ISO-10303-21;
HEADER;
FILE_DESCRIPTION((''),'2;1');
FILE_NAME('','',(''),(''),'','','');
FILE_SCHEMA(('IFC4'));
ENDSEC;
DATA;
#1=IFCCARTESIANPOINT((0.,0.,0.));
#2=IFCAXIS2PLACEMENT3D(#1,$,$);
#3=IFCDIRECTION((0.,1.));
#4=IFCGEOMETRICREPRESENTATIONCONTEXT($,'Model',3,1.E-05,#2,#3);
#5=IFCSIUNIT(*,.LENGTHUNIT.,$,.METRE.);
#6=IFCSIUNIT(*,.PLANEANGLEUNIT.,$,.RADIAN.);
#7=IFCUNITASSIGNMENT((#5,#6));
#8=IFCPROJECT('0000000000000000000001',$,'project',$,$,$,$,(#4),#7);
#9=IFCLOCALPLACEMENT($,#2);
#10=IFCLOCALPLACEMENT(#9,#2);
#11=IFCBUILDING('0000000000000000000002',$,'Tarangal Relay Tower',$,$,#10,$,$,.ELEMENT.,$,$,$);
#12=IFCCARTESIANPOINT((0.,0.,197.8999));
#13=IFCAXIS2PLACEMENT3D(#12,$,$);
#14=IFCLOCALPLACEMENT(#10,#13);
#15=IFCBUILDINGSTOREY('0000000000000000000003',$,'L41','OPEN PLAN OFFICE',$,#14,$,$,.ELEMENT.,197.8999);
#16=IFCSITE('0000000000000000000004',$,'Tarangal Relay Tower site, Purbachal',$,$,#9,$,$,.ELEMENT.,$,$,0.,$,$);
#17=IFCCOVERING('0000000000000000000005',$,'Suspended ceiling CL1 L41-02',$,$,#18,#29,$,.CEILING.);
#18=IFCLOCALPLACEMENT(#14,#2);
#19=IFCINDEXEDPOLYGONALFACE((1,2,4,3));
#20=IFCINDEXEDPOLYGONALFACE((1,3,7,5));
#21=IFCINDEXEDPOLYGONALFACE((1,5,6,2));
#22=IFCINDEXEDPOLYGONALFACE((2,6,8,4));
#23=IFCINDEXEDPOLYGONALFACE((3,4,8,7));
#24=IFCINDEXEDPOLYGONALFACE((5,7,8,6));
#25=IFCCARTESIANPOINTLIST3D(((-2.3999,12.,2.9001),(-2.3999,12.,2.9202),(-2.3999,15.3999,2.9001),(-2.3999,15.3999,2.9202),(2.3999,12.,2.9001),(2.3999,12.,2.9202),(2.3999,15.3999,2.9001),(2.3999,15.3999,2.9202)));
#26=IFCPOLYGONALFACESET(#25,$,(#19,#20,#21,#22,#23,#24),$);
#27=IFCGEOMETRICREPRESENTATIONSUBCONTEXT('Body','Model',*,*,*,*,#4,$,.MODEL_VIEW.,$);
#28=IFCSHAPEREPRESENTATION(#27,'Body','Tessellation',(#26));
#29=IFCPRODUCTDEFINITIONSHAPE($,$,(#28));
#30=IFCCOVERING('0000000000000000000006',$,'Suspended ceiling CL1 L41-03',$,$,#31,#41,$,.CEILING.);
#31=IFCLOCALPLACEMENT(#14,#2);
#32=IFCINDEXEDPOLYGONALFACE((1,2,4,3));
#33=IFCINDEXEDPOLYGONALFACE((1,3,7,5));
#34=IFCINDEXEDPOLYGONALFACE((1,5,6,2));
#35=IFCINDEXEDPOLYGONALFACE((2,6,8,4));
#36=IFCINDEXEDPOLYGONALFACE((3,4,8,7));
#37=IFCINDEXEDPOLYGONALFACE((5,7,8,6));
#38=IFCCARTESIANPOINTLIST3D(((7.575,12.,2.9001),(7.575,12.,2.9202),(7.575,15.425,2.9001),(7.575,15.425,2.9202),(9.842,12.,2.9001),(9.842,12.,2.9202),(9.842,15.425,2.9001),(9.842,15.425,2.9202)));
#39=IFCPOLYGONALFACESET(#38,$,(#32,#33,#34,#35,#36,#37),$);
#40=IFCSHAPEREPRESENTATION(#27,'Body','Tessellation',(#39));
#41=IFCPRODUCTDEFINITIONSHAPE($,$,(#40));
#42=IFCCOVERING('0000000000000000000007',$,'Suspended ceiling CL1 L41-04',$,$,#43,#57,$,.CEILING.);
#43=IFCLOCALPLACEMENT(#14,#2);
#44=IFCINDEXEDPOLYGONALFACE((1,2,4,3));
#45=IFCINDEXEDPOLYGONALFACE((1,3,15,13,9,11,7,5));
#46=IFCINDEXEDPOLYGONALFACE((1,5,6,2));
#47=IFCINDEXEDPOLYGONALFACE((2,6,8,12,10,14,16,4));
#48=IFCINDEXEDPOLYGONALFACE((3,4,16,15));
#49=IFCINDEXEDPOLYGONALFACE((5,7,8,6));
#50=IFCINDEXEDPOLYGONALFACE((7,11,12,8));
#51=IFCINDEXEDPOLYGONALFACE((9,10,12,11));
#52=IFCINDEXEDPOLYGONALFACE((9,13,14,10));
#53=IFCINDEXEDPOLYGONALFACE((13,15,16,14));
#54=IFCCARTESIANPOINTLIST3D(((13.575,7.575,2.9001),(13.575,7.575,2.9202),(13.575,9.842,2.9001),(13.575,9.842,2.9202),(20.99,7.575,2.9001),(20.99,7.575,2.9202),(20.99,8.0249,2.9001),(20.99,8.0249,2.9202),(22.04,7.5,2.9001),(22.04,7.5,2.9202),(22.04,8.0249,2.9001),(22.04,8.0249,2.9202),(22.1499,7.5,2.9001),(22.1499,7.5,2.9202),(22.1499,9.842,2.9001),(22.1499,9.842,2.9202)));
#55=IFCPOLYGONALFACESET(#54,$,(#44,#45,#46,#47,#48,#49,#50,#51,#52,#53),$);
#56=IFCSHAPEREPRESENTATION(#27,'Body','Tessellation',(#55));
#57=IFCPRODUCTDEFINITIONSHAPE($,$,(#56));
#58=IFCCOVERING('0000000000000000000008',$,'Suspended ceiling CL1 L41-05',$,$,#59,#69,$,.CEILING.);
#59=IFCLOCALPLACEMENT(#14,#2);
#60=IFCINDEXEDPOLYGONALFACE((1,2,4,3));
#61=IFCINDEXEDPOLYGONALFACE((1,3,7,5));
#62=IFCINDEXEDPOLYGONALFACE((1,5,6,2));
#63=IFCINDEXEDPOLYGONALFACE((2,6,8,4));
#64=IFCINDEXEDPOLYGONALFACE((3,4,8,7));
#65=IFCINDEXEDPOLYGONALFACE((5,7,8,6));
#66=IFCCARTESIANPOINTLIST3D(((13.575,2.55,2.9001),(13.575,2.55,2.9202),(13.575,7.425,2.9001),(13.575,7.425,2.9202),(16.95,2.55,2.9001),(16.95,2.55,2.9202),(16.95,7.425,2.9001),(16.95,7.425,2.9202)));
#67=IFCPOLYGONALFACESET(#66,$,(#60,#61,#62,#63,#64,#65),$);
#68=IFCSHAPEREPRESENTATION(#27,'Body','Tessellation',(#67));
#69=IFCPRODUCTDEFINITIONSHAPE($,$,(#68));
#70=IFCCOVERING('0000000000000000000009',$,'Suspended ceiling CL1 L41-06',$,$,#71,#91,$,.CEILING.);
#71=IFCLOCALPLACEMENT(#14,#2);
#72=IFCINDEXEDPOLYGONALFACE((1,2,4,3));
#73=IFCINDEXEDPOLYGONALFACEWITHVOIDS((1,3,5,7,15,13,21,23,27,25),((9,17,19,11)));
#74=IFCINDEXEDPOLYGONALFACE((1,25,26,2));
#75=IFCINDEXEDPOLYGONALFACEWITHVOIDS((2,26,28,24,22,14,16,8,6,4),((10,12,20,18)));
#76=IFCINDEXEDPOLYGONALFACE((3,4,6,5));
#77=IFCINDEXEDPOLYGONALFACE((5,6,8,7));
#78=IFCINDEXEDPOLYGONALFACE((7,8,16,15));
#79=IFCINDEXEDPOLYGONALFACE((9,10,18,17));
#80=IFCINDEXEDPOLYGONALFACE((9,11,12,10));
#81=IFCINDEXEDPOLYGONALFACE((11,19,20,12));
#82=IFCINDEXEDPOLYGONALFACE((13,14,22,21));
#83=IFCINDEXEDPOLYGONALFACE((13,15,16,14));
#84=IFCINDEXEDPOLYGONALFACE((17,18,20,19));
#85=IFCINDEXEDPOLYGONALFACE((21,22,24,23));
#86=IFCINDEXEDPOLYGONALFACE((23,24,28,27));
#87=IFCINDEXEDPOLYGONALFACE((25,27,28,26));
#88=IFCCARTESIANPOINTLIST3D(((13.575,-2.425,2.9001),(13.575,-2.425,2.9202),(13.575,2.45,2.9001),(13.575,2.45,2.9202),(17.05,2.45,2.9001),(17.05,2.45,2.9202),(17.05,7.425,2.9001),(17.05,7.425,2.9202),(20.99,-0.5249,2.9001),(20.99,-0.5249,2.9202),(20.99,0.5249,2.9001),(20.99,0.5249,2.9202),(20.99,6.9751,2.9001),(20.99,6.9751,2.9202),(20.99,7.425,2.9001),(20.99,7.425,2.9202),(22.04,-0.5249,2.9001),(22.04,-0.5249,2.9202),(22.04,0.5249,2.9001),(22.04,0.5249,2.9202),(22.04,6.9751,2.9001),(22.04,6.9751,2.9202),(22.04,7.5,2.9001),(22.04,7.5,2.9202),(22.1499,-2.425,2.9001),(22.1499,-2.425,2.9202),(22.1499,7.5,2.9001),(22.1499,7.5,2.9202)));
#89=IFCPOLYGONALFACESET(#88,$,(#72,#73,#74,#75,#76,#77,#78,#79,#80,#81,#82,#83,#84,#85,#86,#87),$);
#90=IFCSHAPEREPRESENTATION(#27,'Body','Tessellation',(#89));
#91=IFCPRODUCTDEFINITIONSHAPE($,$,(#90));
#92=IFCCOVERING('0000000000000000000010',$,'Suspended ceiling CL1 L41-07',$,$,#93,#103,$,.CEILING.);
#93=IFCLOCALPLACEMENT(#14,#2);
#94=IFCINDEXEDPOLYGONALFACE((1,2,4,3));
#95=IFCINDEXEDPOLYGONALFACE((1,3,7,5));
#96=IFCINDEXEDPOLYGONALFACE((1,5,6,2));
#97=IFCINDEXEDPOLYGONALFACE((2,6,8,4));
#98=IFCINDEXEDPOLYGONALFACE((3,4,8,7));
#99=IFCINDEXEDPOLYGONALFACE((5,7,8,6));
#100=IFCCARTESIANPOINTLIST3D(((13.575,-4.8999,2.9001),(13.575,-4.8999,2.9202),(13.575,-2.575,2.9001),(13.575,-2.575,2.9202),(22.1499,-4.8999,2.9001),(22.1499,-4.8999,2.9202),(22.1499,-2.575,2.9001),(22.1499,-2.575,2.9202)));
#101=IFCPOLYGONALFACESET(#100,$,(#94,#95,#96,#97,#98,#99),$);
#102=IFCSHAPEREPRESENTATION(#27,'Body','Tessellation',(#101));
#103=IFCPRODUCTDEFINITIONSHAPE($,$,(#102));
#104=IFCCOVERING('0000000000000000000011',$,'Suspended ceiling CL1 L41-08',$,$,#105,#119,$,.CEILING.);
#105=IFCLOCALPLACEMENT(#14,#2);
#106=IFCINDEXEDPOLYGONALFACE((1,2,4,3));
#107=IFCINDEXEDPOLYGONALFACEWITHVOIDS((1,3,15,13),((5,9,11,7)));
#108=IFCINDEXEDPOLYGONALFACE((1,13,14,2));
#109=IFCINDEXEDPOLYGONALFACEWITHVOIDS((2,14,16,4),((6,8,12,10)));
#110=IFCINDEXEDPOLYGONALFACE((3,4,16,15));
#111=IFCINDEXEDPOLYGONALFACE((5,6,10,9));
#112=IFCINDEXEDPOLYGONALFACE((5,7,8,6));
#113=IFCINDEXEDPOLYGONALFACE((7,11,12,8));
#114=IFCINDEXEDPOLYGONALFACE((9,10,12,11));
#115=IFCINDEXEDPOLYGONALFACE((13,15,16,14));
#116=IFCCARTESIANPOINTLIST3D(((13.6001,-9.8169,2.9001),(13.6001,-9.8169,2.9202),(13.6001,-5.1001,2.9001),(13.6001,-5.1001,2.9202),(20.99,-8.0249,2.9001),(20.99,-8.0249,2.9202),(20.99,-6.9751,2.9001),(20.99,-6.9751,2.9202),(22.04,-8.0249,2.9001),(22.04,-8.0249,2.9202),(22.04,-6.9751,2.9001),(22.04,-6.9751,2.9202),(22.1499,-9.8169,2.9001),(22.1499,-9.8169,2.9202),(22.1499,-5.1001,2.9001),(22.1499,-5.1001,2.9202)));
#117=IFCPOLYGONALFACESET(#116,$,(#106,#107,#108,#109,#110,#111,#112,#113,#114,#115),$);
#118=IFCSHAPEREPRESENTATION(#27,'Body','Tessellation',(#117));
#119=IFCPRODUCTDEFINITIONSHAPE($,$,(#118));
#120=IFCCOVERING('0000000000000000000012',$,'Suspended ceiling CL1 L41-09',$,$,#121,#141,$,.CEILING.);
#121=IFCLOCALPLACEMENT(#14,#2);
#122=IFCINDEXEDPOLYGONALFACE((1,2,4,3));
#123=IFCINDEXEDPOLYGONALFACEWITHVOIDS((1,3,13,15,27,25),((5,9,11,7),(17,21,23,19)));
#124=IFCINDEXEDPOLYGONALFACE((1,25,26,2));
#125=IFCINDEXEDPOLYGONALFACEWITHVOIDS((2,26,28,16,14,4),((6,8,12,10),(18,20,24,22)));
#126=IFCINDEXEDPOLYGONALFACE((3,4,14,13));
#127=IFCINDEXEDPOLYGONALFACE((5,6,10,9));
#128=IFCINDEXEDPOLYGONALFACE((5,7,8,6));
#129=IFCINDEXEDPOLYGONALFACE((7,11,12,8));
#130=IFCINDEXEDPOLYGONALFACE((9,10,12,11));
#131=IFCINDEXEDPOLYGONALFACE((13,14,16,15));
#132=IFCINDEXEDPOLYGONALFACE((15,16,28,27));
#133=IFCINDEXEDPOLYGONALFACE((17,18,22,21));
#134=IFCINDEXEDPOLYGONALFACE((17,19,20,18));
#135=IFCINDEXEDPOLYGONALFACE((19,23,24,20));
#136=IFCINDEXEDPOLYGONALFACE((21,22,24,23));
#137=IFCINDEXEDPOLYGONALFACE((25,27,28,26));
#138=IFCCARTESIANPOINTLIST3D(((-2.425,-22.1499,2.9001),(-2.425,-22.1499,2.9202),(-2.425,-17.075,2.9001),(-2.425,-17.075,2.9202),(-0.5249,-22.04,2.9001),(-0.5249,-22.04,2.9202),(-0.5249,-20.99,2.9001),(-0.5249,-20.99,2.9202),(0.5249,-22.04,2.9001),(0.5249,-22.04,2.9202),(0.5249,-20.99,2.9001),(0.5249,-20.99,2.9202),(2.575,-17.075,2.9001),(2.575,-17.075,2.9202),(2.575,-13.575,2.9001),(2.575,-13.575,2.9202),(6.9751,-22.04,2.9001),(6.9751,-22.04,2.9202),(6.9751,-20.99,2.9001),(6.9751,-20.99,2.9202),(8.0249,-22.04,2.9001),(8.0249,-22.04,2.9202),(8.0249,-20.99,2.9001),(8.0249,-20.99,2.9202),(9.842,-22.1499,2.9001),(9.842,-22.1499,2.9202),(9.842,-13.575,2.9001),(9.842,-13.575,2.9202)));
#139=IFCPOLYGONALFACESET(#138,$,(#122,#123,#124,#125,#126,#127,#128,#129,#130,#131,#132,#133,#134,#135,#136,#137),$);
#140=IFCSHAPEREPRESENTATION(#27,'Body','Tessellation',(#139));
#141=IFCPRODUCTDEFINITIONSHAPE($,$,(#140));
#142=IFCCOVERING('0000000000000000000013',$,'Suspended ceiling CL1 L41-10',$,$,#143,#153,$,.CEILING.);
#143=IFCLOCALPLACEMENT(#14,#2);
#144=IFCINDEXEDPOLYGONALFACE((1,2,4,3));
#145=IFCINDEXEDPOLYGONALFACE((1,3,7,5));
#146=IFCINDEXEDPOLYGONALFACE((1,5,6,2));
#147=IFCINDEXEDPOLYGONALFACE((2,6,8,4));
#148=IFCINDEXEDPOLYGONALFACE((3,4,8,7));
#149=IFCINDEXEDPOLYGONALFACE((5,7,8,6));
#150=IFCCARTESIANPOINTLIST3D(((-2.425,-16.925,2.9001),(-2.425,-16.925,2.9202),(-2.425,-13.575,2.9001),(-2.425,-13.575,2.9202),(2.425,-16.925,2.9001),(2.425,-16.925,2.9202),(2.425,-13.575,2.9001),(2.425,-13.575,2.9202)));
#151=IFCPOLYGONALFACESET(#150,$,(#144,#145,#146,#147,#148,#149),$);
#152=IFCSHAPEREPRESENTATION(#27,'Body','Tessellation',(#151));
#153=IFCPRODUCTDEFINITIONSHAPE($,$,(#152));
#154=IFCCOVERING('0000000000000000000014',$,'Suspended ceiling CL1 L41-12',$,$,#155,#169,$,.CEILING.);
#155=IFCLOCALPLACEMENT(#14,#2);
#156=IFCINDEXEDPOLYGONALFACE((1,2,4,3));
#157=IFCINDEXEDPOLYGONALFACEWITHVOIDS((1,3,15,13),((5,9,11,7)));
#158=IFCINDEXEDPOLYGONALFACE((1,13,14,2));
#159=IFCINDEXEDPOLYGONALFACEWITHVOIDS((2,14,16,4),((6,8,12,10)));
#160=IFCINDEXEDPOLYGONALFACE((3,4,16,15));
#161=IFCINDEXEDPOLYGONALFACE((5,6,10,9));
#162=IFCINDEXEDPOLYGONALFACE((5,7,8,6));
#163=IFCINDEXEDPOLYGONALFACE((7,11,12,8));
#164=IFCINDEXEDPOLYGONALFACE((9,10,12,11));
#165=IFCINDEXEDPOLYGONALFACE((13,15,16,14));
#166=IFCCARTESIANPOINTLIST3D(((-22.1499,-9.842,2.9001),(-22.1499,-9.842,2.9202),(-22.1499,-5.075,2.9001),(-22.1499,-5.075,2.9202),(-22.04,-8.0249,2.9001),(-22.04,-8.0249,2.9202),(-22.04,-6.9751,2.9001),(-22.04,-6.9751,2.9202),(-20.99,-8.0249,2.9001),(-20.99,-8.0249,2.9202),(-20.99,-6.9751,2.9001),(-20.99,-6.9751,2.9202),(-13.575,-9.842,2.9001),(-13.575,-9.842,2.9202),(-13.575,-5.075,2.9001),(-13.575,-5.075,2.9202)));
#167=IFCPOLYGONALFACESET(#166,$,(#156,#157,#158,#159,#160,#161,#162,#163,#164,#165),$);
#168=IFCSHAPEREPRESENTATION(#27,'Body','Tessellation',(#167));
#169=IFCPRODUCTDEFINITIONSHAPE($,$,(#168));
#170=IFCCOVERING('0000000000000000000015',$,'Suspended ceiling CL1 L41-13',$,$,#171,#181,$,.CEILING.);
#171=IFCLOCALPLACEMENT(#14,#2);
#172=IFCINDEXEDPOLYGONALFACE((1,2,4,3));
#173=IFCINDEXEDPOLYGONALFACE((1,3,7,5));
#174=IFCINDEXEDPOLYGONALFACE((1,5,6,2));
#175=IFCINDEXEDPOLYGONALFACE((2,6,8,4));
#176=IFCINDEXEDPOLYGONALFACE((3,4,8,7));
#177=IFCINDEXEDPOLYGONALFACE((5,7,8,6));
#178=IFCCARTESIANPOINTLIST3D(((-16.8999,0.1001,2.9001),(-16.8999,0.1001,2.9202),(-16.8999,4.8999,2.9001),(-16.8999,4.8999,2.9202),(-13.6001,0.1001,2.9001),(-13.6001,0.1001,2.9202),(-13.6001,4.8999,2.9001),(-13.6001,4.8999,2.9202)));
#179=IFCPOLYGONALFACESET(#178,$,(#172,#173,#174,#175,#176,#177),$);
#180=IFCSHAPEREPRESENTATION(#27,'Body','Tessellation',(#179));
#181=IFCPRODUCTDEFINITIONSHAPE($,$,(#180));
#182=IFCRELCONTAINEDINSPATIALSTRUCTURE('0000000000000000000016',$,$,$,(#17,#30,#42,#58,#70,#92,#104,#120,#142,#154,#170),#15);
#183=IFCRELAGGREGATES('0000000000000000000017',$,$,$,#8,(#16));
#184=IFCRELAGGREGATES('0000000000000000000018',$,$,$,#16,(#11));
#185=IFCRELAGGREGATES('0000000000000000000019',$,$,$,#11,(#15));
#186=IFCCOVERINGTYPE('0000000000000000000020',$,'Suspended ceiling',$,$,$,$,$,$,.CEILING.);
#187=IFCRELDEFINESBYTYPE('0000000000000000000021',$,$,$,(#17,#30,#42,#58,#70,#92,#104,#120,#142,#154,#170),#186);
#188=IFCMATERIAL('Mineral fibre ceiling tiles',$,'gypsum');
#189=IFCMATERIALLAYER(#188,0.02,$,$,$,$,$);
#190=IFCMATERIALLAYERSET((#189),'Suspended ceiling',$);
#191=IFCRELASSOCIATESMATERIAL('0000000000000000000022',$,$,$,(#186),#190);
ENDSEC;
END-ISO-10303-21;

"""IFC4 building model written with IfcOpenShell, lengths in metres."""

from ifc_helpers import new_model, si_unit, direction, frame, origin, place, context, subcontext, project, spatial, polyline, outline, extrude, material, layer, layer_set, type_object, element, save


model = new_model("IFC4")

# Units and contexts
model_context = context("Model", 3, precision=1e-05, world=origin(), true_north=direction((0.0, 1.0)))
body_context = subcontext(model_context, "Body", "Model", "MODEL_VIEW")
ifc_project = project(units=[si_unit("LENGTHUNIT", "METRE"), si_unit("PLANEANGLEUNIT", "RADIAN")], contexts=[model_context])

# Site, building, storey
site_placement = place(None, origin())
site = spatial("IfcSite", under=ifc_project, at=site_placement, Name="Tarangal Relay Tower site, Purbachal", CompositionType="ELEMENT", RefElevation=0.0)
building_placement = place(site_placement, origin())
building = spatial("IfcBuilding", under=site, at=building_placement, Name="Tarangal Relay Tower", CompositionType="ELEMENT")
storey_placement = place(building_placement, frame((0.0, 0.0, 197.8999)))
storey = spatial("IfcBuildingStorey", under=building, at=storey_placement, Name="L41", Description="OPEN PLAN OFFICE", CompositionType="ELEMENT", Elevation=197.8999)

# Coverings
ifc_material_1 = material(Name="Mineral fibre ceiling tiles", Category="gypsum")
ifc_layer_1 = layer(ifc_material_1, 0.02)
ifc_layer_set_1 = layer_set([ifc_layer_1], Name="Suspended ceiling")
covering_type_1 = type_object("IfcCoveringType", Name="Suspended ceiling", PredefinedType="CEILING", material=ifc_layer_set_1)
covering_1_placement = place(storey_placement, frame((0.0, 0.0, 2.9001)))
element("IfcCovering", 1, at=covering_1_placement, inside=storey, type_object=covering_type_1, Name="Suspended ceiling CL1 L41-02", PredefinedType="CEILING", context=body_context, shape_type="SweptSolid", body=[
    extrude(outline(polyline([(2.3999, 12.0), (2.3999, 15.3999), (-2.3999, 15.3999), (-2.3999, 12.0), (2.3999, 12.0)])), origin(), (0.0, 0.0, 1.0), 0.02),
])
covering_2_placement = place(storey_placement, frame((0.0, 0.0, 2.9001)))
element("IfcCovering", 2, at=covering_2_placement, inside=storey, type_object=covering_type_1, Name="Suspended ceiling CL1 L41-03", PredefinedType="CEILING", context=body_context, shape_type="SweptSolid", body=[
    extrude(outline(polyline([(9.842, 12.0), (9.842, 15.425), (7.575, 15.425), (7.575, 12.0), (9.842, 12.0)])), origin(), (0.0, 0.0, 1.0), 0.02),
])
covering_3_placement = place(storey_placement, frame((0.0, 0.0, 2.9001)))
element("IfcCovering", 3, at=covering_3_placement, inside=storey, type_object=covering_type_1, Name="Suspended ceiling CL1 L41-04", PredefinedType="CEILING", context=body_context, shape_type="SweptSolid", body=[
    extrude(outline(polyline([(22.1499, 7.5), (22.1499, 9.842), (13.575, 9.842), (13.575, 7.575), (20.99, 7.575), (20.99, 8.0249), (22.04, 8.0249), (22.04, 7.5), (22.1499, 7.5)])), origin(), (0.0, 0.0, 1.0), 0.02),
])
covering_4_placement = place(storey_placement, frame((0.0, 0.0, 2.9001)))
element("IfcCovering", 4, at=covering_4_placement, inside=storey, type_object=covering_type_1, Name="Suspended ceiling CL1 L41-05", PredefinedType="CEILING", context=body_context, shape_type="SweptSolid", body=[
    extrude(outline(polyline([(13.575, 7.425), (13.575, 2.55), (16.95, 2.55), (16.95, 7.425), (13.575, 7.425)])), origin(), (0.0, 0.0, 1.0), 0.02),
])
covering_5_placement = place(storey_placement, frame((0.0, 0.0, 2.9001)))
element("IfcCovering", 5, at=covering_5_placement, inside=storey, type_object=covering_type_1, Name="Suspended ceiling CL1 L41-06", PredefinedType="CEILING", context=body_context, shape_type="SweptSolid", body=[
    extrude(outline(polyline([(22.1499, 7.5), (22.04, 7.5), (22.04, 6.9751), (20.99, 6.9751), (20.99, 7.425), (17.05, 7.425), (17.05, 2.45), (13.575, 2.45), (13.575, -2.425), (22.1499, -2.425), (22.1499, 7.5)]), holes=[polyline([(22.04, -0.5249), (22.04, 0.5249), (20.99, 0.5249), (20.99, -0.5249), (22.04, -0.5249)])]), origin(), (0.0, 0.0, 1.0), 0.02),
])
covering_6_placement = place(storey_placement, frame((0.0, 0.0, 2.9001)))
element("IfcCovering", 6, at=covering_6_placement, inside=storey, type_object=covering_type_1, Name="Suspended ceiling CL1 L41-07", PredefinedType="CEILING", context=body_context, shape_type="SweptSolid", body=[
    extrude(outline(polyline([(22.1499, -2.575), (13.575, -2.575), (13.575, -4.8999), (22.1499, -4.8999), (22.1499, -2.575)])), origin(), (0.0, 0.0, 1.0), 0.02),
])
covering_7_placement = place(storey_placement, frame((0.0, 0.0, 2.9001)))
element("IfcCovering", 7, at=covering_7_placement, inside=storey, type_object=covering_type_1, Name="Suspended ceiling CL1 L41-08", PredefinedType="CEILING", context=body_context, shape_type="SweptSolid", body=[
    extrude(outline(polyline([(22.1499, -9.8169), (22.1499, -5.1001), (13.6001, -5.1001), (13.6001, -9.8169), (22.1499, -9.8169)]), holes=[polyline([(22.04, -6.9751), (20.99, -6.9751), (20.99, -8.0249), (22.04, -8.0249), (22.04, -6.9751)])]), origin(), (0.0, 0.0, 1.0), 0.02),
])
covering_8_placement = place(storey_placement, frame((0.0, 0.0, 2.9001)))
element("IfcCovering", 8, at=covering_8_placement, inside=storey, type_object=covering_type_1, Name="Suspended ceiling CL1 L41-09", PredefinedType="CEILING", context=body_context, shape_type="SweptSolid", body=[
    extrude(outline(polyline([(-2.425, -22.1499), (9.842, -22.1499), (9.842, -13.575), (2.575, -13.575), (2.575, -17.075), (-2.425, -17.075), (-2.425, -22.1499)]), holes=[polyline([(0.5249, -22.04), (0.5249, -20.99), (-0.5249, -20.99), (-0.5249, -22.04), (0.5249, -22.04)]), polyline([(8.0249, -22.04), (8.0249, -20.99), (6.9751, -20.99), (6.9751, -22.04), (8.0249, -22.04)])]), origin(), (0.0, 0.0, 1.0), 0.02),
])
covering_9_placement = place(storey_placement, frame((0.0, 0.0, 2.9001)))
element("IfcCovering", 9, at=covering_9_placement, inside=storey, type_object=covering_type_1, Name="Suspended ceiling CL1 L41-10", PredefinedType="CEILING", context=body_context, shape_type="SweptSolid", body=[
    extrude(outline(polyline([(-2.425, -13.575), (-2.425, -16.925), (2.425, -16.925), (2.425, -13.575), (-2.425, -13.575)])), origin(), (0.0, 0.0, 1.0), 0.02),
])
covering_10_placement = place(storey_placement, frame((0.0, 0.0, 2.9001)))
element("IfcCovering", 10, at=covering_10_placement, inside=storey, type_object=covering_type_1, Name="Suspended ceiling CL1 L41-12", PredefinedType="CEILING", context=body_context, shape_type="SweptSolid", body=[
    extrude(outline(polyline([(-22.1499, -5.075), (-22.1499, -9.842), (-13.575, -9.842), (-13.575, -5.075), (-22.1499, -5.075)]), holes=[polyline([(-20.99, -6.9751), (-22.04, -6.9751), (-22.04, -8.0249), (-20.99, -8.0249), (-20.99, -6.9751)])]), origin(), (0.0, 0.0, 1.0), 0.02),
])
covering_11_placement = place(storey_placement, frame((0.0, 0.0, 2.9001)))
element("IfcCovering", 11, at=covering_11_placement, inside=storey, type_object=covering_type_1, Name="Suspended ceiling CL1 L41-13", PredefinedType="CEILING", context=body_context, shape_type="SweptSolid", body=[
    extrude(outline(polyline([(-13.6001, 4.8999), (-16.8999, 4.8999), (-16.8999, 0.1001), (-13.6001, 0.1001), (-13.6001, 4.8999)])), origin(), (0.0, 0.0, 1.0), 0.02),
])

save(model, "model.ifc")
